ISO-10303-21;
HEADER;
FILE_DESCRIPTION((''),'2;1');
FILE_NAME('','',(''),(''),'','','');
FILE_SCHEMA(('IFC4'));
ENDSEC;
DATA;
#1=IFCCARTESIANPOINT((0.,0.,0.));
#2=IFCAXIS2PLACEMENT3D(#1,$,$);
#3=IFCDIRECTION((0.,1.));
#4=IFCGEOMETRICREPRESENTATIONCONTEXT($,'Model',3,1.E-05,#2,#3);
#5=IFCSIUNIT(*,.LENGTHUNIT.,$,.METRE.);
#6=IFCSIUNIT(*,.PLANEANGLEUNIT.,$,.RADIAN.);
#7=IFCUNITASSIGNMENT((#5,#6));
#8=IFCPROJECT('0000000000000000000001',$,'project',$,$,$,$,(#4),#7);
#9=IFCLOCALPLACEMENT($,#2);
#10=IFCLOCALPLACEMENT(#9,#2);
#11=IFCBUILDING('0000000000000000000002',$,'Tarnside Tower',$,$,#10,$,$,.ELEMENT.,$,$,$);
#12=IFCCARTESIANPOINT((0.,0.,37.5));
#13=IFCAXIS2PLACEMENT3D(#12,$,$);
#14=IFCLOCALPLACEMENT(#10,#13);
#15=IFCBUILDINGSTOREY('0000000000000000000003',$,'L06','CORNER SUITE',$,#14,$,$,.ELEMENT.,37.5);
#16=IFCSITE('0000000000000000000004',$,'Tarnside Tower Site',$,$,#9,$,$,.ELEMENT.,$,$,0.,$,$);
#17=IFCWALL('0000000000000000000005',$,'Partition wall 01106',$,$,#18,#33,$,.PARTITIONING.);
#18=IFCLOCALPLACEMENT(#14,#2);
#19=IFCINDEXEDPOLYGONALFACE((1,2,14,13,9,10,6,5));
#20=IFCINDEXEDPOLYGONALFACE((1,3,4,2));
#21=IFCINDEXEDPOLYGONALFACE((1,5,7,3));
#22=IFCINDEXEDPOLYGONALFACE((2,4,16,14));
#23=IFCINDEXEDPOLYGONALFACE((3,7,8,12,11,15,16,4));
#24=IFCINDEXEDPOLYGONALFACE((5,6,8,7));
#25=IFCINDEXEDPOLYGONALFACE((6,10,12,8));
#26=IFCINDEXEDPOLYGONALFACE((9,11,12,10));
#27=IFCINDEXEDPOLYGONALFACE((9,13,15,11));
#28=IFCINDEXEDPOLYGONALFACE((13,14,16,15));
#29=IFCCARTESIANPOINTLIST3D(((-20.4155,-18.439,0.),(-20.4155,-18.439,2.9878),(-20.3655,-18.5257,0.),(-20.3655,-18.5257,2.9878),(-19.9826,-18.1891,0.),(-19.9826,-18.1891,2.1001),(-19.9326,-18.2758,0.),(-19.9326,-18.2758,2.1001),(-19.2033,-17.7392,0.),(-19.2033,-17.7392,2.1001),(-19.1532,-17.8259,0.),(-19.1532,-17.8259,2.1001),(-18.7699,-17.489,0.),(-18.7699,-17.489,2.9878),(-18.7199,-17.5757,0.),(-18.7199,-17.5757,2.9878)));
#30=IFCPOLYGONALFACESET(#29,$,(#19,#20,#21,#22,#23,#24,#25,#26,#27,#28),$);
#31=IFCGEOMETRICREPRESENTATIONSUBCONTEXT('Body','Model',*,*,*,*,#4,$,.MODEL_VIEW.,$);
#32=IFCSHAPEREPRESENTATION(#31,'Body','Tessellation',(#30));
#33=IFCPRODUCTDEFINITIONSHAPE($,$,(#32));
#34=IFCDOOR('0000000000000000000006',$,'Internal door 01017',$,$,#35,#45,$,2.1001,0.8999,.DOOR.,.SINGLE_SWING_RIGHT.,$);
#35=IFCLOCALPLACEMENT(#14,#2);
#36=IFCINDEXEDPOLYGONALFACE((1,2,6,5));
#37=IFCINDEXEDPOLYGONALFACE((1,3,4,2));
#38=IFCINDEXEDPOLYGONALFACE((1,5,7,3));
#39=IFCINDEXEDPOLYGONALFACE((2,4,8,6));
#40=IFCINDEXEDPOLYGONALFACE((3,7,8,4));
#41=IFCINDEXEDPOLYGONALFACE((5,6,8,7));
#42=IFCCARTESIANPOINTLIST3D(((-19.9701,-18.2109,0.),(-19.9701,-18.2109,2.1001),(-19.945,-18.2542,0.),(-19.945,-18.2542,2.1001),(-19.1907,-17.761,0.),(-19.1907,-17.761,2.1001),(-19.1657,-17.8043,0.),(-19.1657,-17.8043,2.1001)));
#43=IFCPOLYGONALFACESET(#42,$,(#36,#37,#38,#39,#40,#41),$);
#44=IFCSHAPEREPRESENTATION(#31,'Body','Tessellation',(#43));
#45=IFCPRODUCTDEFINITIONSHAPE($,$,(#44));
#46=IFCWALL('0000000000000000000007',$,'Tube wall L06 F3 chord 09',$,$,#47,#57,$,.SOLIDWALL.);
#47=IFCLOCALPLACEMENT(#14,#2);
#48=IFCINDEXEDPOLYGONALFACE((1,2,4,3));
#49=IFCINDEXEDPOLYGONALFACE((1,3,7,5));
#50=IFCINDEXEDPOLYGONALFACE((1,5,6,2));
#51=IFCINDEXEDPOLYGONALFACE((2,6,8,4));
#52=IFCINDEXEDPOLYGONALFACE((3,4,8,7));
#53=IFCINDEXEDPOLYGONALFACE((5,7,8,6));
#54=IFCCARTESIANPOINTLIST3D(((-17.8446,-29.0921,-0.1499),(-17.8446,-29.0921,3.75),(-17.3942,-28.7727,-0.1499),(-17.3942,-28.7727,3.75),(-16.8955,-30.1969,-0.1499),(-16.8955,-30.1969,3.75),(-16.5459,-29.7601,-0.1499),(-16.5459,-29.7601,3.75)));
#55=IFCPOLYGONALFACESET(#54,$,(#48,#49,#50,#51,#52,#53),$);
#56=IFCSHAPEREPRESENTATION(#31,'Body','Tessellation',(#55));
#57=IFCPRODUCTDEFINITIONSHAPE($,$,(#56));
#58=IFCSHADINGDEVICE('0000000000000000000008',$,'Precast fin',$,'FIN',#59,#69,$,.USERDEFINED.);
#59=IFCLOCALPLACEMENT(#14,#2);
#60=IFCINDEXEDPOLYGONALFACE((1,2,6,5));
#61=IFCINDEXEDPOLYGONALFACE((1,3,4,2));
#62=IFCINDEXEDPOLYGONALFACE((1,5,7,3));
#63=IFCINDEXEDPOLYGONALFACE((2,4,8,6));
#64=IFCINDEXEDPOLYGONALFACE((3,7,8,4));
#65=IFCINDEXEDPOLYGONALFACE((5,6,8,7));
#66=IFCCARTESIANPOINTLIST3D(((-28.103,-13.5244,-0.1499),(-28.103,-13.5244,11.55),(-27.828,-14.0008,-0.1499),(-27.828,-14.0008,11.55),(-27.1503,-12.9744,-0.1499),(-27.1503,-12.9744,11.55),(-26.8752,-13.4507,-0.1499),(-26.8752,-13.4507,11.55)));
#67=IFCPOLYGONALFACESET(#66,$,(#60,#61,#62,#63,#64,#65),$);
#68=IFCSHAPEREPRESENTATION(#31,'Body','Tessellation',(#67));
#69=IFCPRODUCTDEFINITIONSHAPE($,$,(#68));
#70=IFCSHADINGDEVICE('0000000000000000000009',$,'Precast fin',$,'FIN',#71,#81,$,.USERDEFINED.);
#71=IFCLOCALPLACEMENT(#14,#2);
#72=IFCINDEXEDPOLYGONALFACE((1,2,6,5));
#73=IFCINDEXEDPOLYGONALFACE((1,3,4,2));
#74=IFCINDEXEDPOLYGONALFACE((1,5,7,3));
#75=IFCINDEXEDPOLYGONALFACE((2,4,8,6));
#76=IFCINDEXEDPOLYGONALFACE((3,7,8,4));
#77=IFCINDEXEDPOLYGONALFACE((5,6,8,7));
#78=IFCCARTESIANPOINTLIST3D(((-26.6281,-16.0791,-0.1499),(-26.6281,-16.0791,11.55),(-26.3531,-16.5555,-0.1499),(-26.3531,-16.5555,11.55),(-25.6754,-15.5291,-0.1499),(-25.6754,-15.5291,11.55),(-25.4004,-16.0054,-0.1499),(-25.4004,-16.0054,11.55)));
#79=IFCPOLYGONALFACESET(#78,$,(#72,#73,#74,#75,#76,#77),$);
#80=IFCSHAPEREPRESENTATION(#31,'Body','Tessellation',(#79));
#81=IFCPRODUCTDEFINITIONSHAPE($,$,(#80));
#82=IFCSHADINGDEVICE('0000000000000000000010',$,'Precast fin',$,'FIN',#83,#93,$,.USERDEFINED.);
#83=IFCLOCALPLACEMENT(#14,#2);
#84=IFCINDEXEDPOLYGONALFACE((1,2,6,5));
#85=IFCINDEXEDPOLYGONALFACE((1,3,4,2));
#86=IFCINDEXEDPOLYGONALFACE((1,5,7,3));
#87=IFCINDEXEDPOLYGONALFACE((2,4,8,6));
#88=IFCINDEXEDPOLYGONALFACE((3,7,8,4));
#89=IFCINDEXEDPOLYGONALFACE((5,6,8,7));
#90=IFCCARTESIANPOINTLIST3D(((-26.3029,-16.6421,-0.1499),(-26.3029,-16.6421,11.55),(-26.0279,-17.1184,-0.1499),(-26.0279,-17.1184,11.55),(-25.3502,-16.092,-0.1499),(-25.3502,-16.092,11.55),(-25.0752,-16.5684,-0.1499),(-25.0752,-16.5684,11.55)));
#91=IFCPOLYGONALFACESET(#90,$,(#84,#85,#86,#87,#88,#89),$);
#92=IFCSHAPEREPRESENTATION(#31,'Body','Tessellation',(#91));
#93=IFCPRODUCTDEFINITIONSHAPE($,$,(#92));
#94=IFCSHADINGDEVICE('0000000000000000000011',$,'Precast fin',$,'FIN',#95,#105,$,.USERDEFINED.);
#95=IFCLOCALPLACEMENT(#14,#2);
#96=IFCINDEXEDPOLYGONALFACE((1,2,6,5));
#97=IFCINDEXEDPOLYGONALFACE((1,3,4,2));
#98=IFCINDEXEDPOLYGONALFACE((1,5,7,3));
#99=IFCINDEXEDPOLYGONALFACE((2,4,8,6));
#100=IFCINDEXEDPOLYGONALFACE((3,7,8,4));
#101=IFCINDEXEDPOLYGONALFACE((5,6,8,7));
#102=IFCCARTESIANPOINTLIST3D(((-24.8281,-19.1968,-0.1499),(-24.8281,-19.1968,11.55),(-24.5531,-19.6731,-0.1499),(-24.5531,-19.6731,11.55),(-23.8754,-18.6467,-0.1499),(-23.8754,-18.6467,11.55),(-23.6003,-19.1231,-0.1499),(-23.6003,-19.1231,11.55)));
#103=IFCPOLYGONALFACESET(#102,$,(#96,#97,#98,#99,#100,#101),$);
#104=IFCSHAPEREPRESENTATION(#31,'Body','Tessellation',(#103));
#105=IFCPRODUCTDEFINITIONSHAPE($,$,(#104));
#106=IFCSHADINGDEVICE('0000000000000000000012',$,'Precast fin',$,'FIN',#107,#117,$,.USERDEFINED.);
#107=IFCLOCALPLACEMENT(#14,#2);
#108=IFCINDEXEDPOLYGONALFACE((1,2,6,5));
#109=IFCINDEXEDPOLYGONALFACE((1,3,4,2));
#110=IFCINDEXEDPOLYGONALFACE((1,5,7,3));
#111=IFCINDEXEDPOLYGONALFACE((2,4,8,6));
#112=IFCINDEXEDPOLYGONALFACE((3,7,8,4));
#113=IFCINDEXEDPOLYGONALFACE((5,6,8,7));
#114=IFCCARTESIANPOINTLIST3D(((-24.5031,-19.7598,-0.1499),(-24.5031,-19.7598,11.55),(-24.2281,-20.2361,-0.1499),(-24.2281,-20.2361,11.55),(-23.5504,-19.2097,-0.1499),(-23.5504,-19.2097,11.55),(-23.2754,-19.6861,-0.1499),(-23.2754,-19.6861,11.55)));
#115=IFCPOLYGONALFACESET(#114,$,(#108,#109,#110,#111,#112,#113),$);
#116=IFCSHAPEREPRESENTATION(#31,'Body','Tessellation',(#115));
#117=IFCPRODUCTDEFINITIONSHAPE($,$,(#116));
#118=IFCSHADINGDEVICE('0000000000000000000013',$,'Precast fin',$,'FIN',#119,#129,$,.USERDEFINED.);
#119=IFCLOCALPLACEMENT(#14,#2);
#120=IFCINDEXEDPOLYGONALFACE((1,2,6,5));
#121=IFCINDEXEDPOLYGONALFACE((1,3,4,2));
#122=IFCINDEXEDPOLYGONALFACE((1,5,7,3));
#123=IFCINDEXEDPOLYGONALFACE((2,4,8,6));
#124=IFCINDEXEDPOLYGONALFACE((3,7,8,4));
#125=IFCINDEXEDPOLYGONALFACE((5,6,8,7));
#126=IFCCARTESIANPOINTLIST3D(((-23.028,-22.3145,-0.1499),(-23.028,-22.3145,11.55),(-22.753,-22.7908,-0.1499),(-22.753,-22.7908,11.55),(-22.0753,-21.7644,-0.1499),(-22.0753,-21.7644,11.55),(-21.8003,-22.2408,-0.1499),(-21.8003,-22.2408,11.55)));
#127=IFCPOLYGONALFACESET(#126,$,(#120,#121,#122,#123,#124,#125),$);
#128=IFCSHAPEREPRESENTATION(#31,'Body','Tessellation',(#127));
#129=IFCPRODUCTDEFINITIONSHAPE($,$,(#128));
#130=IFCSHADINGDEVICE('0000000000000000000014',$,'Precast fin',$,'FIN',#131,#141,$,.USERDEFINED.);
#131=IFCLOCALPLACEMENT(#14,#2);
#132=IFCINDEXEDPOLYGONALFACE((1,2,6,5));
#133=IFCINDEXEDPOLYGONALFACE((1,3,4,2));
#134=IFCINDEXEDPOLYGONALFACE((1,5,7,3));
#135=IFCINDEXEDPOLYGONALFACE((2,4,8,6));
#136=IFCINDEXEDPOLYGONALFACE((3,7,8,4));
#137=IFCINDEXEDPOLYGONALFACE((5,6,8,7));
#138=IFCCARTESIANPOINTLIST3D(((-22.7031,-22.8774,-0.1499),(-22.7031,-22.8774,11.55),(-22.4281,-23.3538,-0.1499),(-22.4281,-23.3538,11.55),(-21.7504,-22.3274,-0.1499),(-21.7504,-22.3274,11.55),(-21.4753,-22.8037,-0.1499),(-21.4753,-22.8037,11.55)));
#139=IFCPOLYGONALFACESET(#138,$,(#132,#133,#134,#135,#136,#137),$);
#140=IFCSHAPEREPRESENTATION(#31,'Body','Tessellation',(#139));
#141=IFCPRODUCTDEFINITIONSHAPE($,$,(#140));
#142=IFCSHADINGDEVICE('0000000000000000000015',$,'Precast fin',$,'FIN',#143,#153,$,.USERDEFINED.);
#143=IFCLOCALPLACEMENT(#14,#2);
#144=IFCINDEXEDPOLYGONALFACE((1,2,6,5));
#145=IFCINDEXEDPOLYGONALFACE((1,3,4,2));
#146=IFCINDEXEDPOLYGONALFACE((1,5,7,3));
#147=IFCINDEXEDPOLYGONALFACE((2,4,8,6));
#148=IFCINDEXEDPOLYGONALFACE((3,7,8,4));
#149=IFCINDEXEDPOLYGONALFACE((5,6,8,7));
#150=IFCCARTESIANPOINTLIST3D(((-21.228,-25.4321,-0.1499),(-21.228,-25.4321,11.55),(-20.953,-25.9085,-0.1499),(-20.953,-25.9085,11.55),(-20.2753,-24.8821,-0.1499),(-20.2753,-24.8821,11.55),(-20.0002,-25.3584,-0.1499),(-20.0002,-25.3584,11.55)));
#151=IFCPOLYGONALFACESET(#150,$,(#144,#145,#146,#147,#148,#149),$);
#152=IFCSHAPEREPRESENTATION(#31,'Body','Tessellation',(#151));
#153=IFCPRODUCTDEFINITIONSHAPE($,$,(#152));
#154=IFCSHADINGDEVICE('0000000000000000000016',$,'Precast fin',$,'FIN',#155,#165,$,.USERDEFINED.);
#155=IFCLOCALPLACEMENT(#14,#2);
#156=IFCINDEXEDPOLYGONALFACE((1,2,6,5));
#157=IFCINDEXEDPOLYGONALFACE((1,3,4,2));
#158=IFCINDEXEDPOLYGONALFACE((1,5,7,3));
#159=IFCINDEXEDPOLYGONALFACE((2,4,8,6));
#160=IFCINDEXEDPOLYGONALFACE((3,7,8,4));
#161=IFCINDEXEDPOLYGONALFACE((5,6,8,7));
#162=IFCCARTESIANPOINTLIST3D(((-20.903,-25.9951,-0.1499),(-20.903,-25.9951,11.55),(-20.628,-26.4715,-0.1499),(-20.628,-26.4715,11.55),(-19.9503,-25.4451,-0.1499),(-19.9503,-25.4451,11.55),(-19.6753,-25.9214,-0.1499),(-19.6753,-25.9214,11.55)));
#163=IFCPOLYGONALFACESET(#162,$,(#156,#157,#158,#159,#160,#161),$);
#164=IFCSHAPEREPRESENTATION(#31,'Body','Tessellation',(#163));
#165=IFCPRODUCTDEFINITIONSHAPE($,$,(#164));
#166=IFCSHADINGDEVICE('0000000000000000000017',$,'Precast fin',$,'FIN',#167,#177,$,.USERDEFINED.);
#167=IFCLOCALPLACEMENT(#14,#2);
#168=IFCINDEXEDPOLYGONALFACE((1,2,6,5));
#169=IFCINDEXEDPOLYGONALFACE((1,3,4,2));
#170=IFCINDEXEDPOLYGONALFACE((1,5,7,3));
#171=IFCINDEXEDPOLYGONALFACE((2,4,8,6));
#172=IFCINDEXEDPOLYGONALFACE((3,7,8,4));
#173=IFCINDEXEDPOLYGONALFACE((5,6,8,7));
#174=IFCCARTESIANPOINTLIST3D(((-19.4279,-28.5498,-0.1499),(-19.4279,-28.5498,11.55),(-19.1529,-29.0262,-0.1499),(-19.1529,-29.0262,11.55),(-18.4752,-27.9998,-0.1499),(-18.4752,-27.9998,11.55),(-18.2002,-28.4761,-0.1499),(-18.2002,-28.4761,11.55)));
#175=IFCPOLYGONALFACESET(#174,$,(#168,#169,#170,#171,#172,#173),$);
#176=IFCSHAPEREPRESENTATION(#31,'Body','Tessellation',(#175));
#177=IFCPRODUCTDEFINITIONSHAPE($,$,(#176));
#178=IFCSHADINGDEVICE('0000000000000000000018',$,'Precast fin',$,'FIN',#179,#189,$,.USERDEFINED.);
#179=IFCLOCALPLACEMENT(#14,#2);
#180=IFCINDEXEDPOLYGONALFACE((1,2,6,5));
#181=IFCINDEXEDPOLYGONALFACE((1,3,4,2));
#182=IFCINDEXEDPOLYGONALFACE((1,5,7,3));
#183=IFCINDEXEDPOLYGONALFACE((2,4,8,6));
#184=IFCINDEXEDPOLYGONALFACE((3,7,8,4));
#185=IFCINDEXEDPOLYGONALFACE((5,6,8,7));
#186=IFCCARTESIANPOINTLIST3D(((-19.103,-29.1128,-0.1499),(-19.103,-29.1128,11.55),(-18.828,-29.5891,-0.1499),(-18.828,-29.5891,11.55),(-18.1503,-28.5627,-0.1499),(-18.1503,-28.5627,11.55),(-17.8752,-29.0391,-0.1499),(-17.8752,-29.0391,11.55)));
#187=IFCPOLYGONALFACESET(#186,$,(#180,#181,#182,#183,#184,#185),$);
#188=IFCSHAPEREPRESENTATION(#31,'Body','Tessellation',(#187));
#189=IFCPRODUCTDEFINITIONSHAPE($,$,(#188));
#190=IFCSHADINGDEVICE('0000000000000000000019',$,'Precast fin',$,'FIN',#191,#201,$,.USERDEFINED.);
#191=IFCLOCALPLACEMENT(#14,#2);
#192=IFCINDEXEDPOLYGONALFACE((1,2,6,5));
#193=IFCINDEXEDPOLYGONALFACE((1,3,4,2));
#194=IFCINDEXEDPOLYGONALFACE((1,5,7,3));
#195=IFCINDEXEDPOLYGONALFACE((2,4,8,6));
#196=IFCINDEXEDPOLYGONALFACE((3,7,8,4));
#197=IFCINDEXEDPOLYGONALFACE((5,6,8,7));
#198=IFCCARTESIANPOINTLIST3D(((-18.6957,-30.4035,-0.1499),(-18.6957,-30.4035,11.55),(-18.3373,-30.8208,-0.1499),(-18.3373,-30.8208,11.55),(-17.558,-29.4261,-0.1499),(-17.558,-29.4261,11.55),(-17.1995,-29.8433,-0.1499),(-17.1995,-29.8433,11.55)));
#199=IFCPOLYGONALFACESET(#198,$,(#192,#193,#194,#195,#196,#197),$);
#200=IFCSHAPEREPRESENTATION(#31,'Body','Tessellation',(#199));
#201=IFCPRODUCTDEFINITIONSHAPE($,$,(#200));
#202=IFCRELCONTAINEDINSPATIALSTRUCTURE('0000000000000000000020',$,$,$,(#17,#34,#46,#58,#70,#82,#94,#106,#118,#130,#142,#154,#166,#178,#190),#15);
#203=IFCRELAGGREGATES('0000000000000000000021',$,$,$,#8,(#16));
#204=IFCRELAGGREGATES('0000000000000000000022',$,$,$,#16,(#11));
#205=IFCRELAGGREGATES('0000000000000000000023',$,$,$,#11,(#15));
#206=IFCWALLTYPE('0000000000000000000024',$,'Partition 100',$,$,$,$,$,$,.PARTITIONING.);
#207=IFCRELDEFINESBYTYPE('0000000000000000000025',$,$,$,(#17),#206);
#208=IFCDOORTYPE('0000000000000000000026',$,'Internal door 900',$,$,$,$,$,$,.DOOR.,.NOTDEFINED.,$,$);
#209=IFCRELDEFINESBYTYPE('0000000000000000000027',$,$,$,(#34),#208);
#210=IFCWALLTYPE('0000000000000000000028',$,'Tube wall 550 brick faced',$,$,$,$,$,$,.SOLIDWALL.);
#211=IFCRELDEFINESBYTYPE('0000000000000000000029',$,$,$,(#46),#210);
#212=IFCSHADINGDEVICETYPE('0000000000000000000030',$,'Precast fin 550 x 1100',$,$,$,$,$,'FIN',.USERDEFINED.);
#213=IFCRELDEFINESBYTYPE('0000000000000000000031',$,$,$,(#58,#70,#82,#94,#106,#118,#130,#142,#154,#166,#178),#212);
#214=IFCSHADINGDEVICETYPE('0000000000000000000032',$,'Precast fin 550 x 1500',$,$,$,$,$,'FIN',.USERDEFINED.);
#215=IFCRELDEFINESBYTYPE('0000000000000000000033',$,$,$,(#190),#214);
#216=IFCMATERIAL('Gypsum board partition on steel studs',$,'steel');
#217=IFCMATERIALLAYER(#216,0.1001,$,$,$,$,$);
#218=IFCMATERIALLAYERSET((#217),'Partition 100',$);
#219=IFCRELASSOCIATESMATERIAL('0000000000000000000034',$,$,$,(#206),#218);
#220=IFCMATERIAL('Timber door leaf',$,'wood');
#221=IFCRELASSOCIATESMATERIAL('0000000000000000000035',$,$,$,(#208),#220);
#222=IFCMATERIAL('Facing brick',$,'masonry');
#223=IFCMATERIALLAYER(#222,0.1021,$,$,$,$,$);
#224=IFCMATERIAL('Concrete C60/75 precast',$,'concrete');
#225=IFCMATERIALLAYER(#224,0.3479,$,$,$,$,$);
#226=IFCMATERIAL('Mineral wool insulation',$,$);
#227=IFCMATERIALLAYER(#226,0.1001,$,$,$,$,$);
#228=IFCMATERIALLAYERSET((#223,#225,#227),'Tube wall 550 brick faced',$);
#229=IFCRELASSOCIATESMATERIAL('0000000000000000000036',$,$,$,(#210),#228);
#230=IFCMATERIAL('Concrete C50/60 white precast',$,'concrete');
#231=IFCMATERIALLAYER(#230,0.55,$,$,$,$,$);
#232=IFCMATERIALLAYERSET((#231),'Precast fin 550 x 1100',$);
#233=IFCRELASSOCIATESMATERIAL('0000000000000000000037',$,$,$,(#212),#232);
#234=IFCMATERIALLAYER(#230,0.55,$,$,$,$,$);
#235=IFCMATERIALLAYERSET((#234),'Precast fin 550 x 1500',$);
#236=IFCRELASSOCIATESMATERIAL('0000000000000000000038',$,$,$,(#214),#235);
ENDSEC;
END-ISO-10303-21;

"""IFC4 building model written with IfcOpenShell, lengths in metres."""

from ifc_helpers import new_model, si_unit, direction, frame, frame_2d, origin, place, context, subcontext, project, spatial, polyline, rectangle, outline, extrude, material, layer, layer_set, type_object, element, fill, save


model = new_model("IFC4")

# Units and contexts
model_context = context("Model", 3, precision=1e-05, world=origin(), true_north=direction((0.0, 1.0)))
body_context = subcontext(model_context, "Body", "Model", "MODEL_VIEW")
ifc_project = project(units=[si_unit("LENGTHUNIT", "METRE"), si_unit("PLANEANGLEUNIT", "RADIAN")], contexts=[model_context])

# Site, building, storey
site_placement = place(None, origin())
site = spatial("IfcSite", under=ifc_project, at=site_placement, Name="Tarnside Tower Site", CompositionType="ELEMENT", RefElevation=0.0)
building_placement = place(site_placement, origin())
building = spatial("IfcBuilding", under=site, at=building_placement, Name="Tarnside Tower", CompositionType="ELEMENT")
storey_placement = place(building_placement, frame((0.0, 0.0, 37.5)))
storey = spatial("IfcBuildingStorey", under=building, at=storey_placement, Name="L06", Description="CORNER SUITE", CompositionType="ELEMENT", Elevation=37.5)

# Shared definitions
ifc_material_1 = material(Name="Gypsum board partition on steel studs", Category="steel")
ifc_material_2 = material(Name="Timber door leaf", Category="wood")

# Shared definitions
ifc_layer_1 = layer(ifc_material_1, 0.1001)
ifc_layer_set_1 = layer_set([ifc_layer_1], Name="Partition 100")
wall_type_1 = type_object("IfcWallType", Name="Partition 100", PredefinedType="PARTITIONING", material=ifc_layer_set_1)

# Wall, opening, door
wall_1_placement = place(storey_placement, frame((-20.3906, -18.4824, 0.0), z_axis=(0.0, 0.0, 1.0), x_axis=(0.866044, 0.499967, 0.0)))
wall_1 = element("IfcWall", 1, at=wall_1_placement, inside=storey, type_object=wall_type_1, Name="Partition wall 01106", PredefinedType="PARTITIONING", context=body_context, shape_type="SweptSolid", body=[
    extrude(rectangle(XDim=1.9001, YDim=0.1001, at=frame_2d((0.9502, 0.0))), origin(), (0.0, 0.0, 1.0), 2.9878),
])
opening_1_placement = place(wall_1_placement, frame((0.5, 0.0, 0.0)))
opening_1 = element("IfcOpeningElement", 2, at=opening_1_placement, cuts=wall_1, PredefinedType="OPENING", context=body_context, shape_type="SweptSolid", body=[
    extrude(rectangle(XDim=0.8999, YDim=2.1001, at=frame_2d((0.45, 1.05))), frame((0.0, 0.0601, 0.0), z_axis=(0.0, -1.0, 0.0), x_axis=(1.0, 0.0, 0.0)), (0.0, 0.0, 1.0), 0.1201),
])
door_type_1 = type_object("IfcDoorType", Name="Internal door 900", OperationType="NOTDEFINED", PredefinedType="DOOR", material=ifc_material_2)
door_1_placement = place(opening_1_placement, origin())
door_1 = element("IfcDoor", 3, at=door_1_placement, inside=storey, type_object=door_type_1, Name="Internal door 01017", OperationType="SINGLE_SWING_RIGHT", OverallHeight=2.1001, OverallWidth=0.8999, PredefinedType="DOOR", context=body_context, shape_type="SweptSolid", body=[
    extrude(rectangle(XDim=0.8999, YDim=2.1001, at=frame_2d((0.45, 1.05))), frame((0.0, 0.0249, 0.0), z_axis=(0.0, -1.0, 0.0), x_axis=(1.0, 0.0, 0.0)), (0.0, 0.0, 1.0), 0.05),
])
fill(opening_1, door_1)

# Wall
ifc_material_3 = material(Name="Facing brick", Category="masonry")
ifc_layer_2 = layer(ifc_material_3, 0.1021)
ifc_material_4 = material(Name="Concrete C60/75 precast", Category="concrete")
ifc_layer_3 = layer(ifc_material_4, 0.3479)
ifc_material_5 = material(Name="Mineral wool insulation")
ifc_layer_4 = layer(ifc_material_5, 0.1001)
ifc_layer_set_2 = layer_set([ifc_layer_2, ifc_layer_3, ifc_layer_4], Name="Tube wall 550 brick faced")
wall_type_2 = type_object("IfcWallType", Name="Tube wall 550 brick faced", PredefinedType="SOLIDWALL", material=ifc_layer_set_2)
wall_2_placement = place(storey_placement, frame((-17.6194, -28.9324, -0.1499), z_axis=(0.0, 0.0, 1.0), x_axis=(0.651622, -0.758544, 0.0)))
element("IfcWall", 4, at=wall_2_placement, inside=storey, type_object=wall_type_2, Name="Tube wall L06 F3 chord 09", PredefinedType="SOLIDWALL", context=body_context, shape_type="SweptSolid", body=[
    extrude(outline(polyline([(-0.0256, -0.2749), (1.4309, -0.2749), (1.3274, 0.2749), (0.0256, 0.2749), (-0.0256, -0.2749)])), origin(), (0.0, 0.0, 1.0), 3.8999),
])

# Shading devices
ifc_material_6 = material(Name="Concrete C50/60 white precast", Category="concrete")
ifc_layer_5 = layer(ifc_material_6, 0.55)
ifc_layer_set_3 = layer_set([ifc_layer_5], Name="Precast fin 550 x 1100")
shading_device_type_1 = type_object("IfcShadingDeviceType", Name="Precast fin 550 x 1100", ElementType="FIN", PredefinedType="USERDEFINED", material=ifc_layer_set_3)
for number, where, z_axis, x_axis, name in (
    (5, (-27.0127, -13.2126, -0.1499), (-0.5, 0.866025, 0.0), (-0.866025, -0.5, 0.0), "Precast fin"),
    (6, (-25.5378, -15.7673, -0.1499), (-0.5, 0.866025, 0.0), (-0.866025, -0.5, 0.0), "Precast fin"),
    (7, (-25.2126, -16.3303, -0.1499), (-0.5, 0.866025, 0.0), (-0.866025, -0.5, 0.0), "Precast fin"),
    (8, (-23.7378, -18.885, -0.1499), (-0.5, 0.866025, 0.0), (-0.866025, -0.5, 0.0), "Precast fin"),
    (9, (-23.4128, -19.448, -0.1499), (-0.5, 0.866025, 0.0), (-0.866025, -0.5, 0.0), "Precast fin"),
    (10, (-21.9377, -22.0027, -0.1499), (-0.5, 0.866025, 0.0), (-0.866025, -0.5, 0.0), "Precast fin"),
    (11, (-21.6128, -22.5657, -0.1499), (-0.5, 0.866025, 0.0), (-0.866025, -0.5, 0.0), "Precast fin"),
    (12, (-20.1377, -25.1204, -0.1499), (-0.5, 0.866025, 0.0), (-0.866025, -0.5, 0.0), "Precast fin"),
    (13, (-19.8127, -25.6833, -0.1499), (-0.5, 0.866025, 0.0), (-0.866025, -0.5, 0.0), "Precast fin"),
    (14, (-18.3376, -28.238, -0.1499), (-0.5, 0.866025, 0.0), (-0.866025, -0.5, 0.0), "Precast fin"),
    (15, (-18.0127, -28.801, -0.1499), (-0.5, 0.866025, 0.0), (-0.866025, -0.5, 0.0), "Precast fin"),
):
    element("IfcShadingDevice", number, at=place(storey_placement, frame(where, z_axis=z_axis, x_axis=x_axis)), inside=storey, type_object=shading_device_type_1, Name=name, ObjectType="FIN", PredefinedType="USERDEFINED", context=body_context, shape_type="SweptSolid", body=[
        extrude(outline(polyline([(0.0, 0.0), (1.1001, 0.0), (1.1001, 11.7), (0.0, 11.7), (0.0, 0.0)])), frame((0.0, 0.0, -0.2749)), (0.0, 0.0, 1.0), 0.55),
    ])
ifc_layer_6 = layer(ifc_material_6, 0.55)
ifc_layer_set_4 = layer_set([ifc_layer_6], Name="Precast fin 550 x 1500")
shading_device_type_2 = type_object("IfcShadingDeviceType", Name="Precast fin 550 x 1500", ElementType="FIN", PredefinedType="USERDEFINED", material=ifc_layer_set_4)
shading_device_placement = place(storey_placement, frame((-17.3787, -29.6348, -0.1499), z_axis=(-0.651657, 0.758514, 0.0), x_axis=(-0.758514, -0.651657, 0.0)))
element("IfcShadingDevice", 16, at=shading_device_placement, inside=storey, type_object=shading_device_type_2, Name="Precast fin", ObjectType="FIN", PredefinedType="USERDEFINED", context=body_context, shape_type="SweptSolid", body=[
    extrude(outline(polyline([(0.0, 0.0), (1.5, 0.0), (1.5, 11.7), (0.0, 11.7), (0.0, 0.0)])), frame((0.0, 0.0, -0.2749)), (0.0, 0.0, 1.0), 0.55),
])

save(model, "model.ifc")
